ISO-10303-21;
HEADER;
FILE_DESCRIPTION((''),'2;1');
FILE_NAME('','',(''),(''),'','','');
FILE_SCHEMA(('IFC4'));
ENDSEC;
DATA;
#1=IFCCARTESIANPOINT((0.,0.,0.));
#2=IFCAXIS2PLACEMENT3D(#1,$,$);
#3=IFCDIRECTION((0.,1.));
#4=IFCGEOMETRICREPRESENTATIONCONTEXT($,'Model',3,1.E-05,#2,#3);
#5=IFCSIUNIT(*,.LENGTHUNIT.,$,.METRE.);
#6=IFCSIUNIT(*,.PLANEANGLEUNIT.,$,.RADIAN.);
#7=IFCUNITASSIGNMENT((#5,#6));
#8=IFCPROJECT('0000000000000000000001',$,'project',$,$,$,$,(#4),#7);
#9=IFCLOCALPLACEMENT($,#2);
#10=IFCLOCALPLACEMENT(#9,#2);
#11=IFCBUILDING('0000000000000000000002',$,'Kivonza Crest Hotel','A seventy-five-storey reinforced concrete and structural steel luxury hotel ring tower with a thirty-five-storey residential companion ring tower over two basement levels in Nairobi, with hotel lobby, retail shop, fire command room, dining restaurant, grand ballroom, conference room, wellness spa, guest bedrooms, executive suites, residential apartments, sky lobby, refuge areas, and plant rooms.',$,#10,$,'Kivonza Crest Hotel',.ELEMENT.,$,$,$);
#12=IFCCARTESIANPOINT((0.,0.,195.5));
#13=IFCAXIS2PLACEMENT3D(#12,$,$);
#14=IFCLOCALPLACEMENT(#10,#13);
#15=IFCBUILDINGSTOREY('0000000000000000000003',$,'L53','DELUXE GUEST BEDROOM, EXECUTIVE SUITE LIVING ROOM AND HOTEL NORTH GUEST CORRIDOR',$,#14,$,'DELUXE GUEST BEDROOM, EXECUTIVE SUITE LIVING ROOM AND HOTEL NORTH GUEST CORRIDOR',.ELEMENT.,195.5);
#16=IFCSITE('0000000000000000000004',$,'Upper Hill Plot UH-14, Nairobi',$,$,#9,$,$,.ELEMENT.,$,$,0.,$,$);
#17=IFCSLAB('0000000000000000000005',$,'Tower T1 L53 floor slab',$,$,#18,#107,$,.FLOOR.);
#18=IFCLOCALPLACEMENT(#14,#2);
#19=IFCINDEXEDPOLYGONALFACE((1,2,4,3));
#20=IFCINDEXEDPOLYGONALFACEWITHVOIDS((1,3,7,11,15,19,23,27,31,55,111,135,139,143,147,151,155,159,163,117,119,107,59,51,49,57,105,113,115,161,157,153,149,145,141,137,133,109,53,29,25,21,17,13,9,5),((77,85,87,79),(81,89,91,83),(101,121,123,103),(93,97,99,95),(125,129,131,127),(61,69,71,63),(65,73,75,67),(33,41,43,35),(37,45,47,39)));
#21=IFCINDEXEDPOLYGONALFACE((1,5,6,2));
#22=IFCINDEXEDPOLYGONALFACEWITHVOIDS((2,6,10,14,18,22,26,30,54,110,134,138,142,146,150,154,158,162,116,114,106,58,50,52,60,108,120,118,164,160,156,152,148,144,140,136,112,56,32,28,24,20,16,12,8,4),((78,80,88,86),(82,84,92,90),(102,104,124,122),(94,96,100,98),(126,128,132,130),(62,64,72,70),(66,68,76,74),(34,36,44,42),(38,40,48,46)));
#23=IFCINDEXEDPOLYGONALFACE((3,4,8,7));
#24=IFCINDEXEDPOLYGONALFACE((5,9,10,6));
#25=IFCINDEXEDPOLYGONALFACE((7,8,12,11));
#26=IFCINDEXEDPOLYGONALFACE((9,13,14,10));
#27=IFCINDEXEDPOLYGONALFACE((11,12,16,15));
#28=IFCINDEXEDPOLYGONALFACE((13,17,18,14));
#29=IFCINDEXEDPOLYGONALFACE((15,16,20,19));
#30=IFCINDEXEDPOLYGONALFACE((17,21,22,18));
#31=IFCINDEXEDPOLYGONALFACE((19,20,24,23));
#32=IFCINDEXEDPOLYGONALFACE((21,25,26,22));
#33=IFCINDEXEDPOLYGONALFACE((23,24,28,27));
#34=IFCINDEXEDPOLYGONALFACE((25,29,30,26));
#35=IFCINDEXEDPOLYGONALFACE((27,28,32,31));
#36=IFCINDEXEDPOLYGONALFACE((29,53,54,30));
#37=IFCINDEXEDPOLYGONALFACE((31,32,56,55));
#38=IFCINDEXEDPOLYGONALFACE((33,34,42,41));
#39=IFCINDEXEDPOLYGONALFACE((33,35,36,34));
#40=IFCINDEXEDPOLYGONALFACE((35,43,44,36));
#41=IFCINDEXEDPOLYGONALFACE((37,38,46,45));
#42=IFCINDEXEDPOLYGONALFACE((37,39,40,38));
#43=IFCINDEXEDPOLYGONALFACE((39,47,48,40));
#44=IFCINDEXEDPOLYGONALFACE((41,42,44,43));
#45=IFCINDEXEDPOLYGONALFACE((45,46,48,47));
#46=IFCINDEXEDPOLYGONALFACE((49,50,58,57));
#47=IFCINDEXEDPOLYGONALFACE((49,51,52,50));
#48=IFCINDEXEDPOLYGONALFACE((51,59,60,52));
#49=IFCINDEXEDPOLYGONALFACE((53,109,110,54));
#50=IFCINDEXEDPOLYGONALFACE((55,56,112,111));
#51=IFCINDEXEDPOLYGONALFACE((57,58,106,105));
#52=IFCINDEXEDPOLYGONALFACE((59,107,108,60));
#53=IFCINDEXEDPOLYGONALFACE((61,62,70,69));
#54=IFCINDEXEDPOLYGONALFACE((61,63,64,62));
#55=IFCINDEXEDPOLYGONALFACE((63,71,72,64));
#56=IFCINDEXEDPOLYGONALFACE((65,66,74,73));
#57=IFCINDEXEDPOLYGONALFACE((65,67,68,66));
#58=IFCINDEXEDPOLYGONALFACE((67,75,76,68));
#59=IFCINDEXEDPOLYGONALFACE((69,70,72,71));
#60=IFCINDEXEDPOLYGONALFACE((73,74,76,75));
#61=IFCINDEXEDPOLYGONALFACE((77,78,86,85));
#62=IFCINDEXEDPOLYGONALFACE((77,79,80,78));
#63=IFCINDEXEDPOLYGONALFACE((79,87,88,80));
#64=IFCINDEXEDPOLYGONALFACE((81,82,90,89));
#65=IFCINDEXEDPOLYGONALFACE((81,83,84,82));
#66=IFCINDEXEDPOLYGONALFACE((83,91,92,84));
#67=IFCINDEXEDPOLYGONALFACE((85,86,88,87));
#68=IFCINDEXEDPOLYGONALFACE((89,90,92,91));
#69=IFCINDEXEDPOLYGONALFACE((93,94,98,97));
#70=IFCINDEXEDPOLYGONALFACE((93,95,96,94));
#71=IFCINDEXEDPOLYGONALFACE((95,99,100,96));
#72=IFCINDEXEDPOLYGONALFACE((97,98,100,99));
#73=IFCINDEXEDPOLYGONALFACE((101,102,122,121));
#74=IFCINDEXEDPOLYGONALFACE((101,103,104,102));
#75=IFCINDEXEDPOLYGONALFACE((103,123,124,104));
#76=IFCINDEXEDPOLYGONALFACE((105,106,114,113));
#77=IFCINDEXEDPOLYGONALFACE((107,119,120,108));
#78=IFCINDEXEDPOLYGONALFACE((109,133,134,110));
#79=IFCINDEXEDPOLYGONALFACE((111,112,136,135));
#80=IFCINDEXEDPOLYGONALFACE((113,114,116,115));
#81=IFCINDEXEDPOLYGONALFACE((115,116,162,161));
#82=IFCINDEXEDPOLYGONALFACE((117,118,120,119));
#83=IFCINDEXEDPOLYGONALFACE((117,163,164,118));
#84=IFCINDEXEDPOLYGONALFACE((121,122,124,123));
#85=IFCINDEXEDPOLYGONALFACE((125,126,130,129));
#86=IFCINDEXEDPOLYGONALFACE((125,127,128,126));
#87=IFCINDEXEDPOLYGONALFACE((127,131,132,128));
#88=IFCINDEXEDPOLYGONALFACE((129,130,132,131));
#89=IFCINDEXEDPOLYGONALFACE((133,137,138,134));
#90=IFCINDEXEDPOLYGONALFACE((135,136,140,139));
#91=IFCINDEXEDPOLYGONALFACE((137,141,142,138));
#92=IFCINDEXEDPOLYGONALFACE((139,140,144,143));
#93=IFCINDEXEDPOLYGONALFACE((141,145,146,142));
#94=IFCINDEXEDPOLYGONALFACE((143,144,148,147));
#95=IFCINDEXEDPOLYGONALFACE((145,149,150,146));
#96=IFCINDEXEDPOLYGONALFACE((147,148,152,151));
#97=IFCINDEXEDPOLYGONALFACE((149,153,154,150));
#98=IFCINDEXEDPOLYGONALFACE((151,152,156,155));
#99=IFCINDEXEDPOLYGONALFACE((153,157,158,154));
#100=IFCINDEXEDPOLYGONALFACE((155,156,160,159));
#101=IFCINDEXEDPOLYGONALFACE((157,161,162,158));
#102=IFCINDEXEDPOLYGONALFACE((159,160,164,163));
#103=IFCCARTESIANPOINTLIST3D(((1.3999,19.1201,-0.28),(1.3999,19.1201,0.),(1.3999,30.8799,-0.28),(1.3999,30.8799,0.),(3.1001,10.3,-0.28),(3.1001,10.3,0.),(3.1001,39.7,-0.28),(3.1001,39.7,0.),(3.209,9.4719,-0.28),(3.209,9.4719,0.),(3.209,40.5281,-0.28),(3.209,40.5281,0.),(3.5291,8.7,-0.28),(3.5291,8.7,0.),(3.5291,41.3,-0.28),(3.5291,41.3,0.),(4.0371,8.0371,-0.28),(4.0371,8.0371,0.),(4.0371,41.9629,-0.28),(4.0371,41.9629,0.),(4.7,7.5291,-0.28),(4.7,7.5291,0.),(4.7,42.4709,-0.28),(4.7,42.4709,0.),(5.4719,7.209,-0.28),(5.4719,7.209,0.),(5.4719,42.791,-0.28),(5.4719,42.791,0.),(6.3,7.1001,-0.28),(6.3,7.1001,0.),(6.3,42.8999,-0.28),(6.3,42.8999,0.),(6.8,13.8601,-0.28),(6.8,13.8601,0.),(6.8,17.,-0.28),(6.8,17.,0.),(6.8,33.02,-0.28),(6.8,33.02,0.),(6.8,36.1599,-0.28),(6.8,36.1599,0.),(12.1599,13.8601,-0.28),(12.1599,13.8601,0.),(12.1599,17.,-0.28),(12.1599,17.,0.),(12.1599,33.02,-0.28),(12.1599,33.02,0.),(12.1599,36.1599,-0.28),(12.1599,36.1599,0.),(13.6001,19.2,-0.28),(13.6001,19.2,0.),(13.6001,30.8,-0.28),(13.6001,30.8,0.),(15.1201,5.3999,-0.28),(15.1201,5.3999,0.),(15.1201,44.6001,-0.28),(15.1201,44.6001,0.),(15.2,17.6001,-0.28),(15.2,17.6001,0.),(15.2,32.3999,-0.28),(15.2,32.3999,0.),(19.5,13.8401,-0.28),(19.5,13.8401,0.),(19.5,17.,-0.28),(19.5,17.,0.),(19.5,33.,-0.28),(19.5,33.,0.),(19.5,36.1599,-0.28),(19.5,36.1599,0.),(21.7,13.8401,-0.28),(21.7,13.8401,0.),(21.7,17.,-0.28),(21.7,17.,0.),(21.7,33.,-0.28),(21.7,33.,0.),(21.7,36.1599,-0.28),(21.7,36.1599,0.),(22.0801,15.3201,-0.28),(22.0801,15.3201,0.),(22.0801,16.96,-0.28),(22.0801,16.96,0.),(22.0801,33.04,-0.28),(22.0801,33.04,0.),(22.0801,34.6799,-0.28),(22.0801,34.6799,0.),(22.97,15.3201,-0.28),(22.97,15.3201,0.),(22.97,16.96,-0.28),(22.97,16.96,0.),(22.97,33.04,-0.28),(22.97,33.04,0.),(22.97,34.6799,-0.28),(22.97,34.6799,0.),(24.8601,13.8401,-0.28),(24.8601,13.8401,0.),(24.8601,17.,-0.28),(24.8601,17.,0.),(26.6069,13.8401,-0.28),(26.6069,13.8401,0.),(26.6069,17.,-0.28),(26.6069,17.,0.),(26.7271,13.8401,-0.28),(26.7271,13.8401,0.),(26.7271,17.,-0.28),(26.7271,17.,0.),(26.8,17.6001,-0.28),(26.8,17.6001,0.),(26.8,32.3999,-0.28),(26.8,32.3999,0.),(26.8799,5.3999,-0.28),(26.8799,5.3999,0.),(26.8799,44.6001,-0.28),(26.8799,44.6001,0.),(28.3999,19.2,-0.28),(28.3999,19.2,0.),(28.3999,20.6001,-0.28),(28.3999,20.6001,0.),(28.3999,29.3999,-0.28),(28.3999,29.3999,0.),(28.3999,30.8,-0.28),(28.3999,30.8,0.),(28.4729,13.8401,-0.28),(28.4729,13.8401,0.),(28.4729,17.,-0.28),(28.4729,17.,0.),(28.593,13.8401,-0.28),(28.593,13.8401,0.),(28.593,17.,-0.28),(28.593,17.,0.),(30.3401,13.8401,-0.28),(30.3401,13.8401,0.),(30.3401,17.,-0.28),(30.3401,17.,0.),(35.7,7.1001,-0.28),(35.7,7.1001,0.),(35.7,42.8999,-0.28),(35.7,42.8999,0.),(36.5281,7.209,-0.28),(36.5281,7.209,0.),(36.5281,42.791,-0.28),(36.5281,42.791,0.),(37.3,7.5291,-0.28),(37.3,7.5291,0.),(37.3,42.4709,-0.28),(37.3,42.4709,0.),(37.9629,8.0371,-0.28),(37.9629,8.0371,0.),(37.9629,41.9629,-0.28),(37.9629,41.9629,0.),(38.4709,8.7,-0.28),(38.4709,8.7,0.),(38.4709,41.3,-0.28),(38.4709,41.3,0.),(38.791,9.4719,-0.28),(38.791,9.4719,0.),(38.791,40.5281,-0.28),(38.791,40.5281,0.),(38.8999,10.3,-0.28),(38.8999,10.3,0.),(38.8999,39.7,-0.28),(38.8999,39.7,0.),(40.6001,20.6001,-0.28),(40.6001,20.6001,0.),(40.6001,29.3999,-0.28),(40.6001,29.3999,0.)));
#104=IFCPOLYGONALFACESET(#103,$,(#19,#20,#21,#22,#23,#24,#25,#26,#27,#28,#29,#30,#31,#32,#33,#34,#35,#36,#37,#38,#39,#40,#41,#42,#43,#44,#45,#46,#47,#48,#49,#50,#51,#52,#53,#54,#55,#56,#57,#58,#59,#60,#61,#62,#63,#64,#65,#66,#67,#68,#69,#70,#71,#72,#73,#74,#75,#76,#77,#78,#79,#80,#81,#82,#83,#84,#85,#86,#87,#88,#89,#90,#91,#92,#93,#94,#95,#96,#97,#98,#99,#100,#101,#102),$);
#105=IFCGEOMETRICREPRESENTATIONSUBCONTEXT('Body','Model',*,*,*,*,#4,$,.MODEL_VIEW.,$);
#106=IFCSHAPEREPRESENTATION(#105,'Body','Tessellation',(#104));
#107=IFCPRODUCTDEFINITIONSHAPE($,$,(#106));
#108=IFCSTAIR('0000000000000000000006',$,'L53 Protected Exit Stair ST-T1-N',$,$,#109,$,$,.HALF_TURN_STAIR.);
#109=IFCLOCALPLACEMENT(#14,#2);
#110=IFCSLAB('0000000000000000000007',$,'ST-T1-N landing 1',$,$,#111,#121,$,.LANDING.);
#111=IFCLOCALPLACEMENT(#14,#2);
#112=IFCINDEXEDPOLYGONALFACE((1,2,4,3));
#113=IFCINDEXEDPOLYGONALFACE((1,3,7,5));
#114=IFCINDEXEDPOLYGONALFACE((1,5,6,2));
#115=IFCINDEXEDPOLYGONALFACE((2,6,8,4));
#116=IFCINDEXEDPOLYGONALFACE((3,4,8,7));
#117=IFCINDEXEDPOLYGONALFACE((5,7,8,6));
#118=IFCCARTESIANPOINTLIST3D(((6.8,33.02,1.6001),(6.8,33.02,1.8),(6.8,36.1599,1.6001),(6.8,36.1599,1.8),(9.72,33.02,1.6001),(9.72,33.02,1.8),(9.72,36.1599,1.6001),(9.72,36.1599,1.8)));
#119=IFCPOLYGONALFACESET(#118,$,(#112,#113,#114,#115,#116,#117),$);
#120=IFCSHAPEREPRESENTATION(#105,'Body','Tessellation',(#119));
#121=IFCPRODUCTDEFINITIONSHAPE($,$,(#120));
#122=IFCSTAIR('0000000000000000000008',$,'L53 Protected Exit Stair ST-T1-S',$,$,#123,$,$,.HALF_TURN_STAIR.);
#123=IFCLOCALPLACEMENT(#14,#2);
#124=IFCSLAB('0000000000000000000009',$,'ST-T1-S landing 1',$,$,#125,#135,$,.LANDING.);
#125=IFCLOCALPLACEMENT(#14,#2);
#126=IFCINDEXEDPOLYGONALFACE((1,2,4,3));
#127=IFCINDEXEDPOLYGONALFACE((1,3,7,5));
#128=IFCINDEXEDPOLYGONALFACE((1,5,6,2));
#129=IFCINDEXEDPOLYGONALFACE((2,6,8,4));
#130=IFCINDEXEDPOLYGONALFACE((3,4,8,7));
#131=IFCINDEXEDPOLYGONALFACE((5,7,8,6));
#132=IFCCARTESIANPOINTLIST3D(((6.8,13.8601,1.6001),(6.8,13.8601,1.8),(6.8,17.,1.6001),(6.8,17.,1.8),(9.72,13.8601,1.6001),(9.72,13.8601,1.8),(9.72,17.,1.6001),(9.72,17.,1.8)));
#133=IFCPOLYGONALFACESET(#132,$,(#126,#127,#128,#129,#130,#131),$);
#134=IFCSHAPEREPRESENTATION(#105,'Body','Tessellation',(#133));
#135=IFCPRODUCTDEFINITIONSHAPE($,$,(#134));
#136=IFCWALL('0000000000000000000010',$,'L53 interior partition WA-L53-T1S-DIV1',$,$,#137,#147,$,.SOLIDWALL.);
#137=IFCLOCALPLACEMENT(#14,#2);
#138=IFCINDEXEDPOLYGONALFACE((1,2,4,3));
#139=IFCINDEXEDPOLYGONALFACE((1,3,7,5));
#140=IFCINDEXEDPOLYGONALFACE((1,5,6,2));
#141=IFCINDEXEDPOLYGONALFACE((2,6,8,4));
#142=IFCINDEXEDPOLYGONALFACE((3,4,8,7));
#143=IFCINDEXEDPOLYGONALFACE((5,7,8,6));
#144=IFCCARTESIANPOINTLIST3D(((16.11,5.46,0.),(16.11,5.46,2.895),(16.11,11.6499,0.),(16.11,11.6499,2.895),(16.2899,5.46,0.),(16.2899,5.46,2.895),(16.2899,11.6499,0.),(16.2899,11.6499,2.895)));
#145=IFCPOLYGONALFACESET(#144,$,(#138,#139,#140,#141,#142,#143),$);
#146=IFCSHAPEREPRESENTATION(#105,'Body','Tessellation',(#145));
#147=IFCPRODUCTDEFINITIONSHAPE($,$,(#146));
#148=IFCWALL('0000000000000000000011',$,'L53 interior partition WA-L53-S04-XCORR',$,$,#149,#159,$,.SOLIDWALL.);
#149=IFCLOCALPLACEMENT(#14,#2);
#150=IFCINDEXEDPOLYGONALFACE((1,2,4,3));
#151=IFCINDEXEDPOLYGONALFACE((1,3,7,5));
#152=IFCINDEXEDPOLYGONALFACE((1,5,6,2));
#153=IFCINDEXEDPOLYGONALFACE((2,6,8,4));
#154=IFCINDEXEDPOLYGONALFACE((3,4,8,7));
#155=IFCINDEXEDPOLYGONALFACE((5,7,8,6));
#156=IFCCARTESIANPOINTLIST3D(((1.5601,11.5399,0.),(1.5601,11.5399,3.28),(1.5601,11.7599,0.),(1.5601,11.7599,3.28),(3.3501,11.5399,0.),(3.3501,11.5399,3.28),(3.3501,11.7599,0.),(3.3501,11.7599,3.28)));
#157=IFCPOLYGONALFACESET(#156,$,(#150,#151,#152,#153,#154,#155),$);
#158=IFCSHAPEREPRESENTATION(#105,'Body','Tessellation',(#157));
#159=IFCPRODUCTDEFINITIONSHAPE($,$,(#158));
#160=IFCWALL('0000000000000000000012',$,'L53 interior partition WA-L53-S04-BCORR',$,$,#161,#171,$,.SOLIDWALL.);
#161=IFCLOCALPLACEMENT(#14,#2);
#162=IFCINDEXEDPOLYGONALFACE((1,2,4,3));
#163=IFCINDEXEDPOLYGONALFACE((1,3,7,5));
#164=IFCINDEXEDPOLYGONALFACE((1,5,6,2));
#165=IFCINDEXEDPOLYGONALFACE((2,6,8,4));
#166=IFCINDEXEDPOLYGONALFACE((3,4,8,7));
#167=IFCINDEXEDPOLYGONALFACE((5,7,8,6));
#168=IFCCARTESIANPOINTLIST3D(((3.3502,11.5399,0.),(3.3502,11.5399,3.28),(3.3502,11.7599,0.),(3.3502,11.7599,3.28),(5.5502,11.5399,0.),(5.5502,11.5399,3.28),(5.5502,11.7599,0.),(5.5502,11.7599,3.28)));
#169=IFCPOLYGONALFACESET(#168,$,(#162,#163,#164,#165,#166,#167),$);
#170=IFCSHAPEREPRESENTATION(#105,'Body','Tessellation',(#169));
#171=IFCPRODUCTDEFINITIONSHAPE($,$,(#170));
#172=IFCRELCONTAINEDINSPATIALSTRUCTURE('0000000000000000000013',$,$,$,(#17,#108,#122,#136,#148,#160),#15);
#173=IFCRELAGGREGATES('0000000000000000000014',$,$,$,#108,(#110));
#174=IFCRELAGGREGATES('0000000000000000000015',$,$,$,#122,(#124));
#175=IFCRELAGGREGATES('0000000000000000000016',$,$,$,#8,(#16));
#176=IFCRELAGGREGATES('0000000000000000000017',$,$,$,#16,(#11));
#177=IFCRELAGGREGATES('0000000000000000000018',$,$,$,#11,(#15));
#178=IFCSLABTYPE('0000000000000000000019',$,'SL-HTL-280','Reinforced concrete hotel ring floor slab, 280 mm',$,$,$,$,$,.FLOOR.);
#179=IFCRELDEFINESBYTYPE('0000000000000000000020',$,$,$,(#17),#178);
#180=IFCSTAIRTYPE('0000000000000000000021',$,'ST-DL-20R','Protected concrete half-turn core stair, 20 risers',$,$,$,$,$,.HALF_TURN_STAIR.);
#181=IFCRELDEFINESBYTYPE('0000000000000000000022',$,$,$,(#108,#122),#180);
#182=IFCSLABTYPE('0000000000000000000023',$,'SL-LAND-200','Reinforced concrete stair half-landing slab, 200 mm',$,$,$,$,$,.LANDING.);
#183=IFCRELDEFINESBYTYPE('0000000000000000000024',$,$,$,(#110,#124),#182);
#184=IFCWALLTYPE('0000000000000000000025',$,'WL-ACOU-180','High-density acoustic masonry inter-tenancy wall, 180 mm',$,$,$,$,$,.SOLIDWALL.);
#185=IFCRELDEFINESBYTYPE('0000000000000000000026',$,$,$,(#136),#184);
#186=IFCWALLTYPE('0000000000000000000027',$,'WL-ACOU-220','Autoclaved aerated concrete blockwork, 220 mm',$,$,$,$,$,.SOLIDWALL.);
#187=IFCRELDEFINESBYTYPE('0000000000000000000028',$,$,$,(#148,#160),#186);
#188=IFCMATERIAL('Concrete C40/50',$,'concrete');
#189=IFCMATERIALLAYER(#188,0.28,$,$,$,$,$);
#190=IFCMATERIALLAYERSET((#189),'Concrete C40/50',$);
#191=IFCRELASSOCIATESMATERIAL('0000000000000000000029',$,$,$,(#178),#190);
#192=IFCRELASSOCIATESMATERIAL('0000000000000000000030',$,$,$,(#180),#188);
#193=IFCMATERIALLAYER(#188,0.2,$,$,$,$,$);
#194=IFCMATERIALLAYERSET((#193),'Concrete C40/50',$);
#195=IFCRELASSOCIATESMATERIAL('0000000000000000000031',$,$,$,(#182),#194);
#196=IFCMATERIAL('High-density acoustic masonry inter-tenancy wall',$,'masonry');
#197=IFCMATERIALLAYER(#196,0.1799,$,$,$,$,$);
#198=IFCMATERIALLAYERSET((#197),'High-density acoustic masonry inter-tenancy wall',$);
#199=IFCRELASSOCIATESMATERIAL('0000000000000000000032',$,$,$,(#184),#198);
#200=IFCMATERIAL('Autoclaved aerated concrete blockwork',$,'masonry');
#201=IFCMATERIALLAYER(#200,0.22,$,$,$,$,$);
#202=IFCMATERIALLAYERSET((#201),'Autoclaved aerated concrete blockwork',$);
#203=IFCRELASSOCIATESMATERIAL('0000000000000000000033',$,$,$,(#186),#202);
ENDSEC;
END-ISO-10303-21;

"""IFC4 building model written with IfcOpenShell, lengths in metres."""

from ifc_helpers import new_model, si_unit, direction, frame, frame_2d, origin, place, context, subcontext, project, spatial, polyline, rectangle, outline, extrude, material, layer, layer_set, type_object, element, aggregate, save


model = new_model("IFC4")

# Units and contexts
model_context = context("Model", 3, precision=1e-05, world=origin(), true_north=direction((0.0, 1.0)))
body_context = subcontext(model_context, "Body", "Model", "MODEL_VIEW")
ifc_project = project(units=[si_unit("LENGTHUNIT", "METRE"), si_unit("PLANEANGLEUNIT", "RADIAN")], contexts=[model_context])

# Site, building, storey
site_placement = place(None, origin())
site = spatial("IfcSite", under=ifc_project, at=site_placement, Name="Upper Hill Plot UH-14, Nairobi", CompositionType="ELEMENT", RefElevation=0.0)
building_placement = place(site_placement, origin())
building = spatial("IfcBuilding", under=site, at=building_placement, Name="Kivonza Crest Hotel", Description="A seventy-five-storey reinforced concrete and structural steel luxury hotel ring tower with a thirty-five-storey residential companion ring tower over two basement levels in Nairobi, with hotel lobby, retail shop, fire command room, dining restaurant, grand ballroom, conference room, wellness spa, guest bedrooms, executive suites, residential apartments, sky lobby, refuge areas, and plant rooms.", LongName="Kivonza Crest Hotel", CompositionType="ELEMENT")
storey_placement = place(building_placement, frame((0.0, 0.0, 195.5)))
storey = spatial("IfcBuildingStorey", under=building, at=storey_placement, Name="L53", Description="DELUXE GUEST BEDROOM, EXECUTIVE SUITE LIVING ROOM AND HOTEL NORTH GUEST CORRIDOR", LongName="DELUXE GUEST BEDROOM, EXECUTIVE SUITE LIVING ROOM AND HOTEL NORTH GUEST CORRIDOR", CompositionType="ELEMENT", Elevation=195.5)

# Slab
ifc_material_1 = material(Name="Concrete C40/50", Category="concrete")
ifc_layer_1 = layer(ifc_material_1, 0.28)
ifc_layer_set_1 = layer_set([ifc_layer_1], Name="Concrete C40/50")
slab_type_1 = type_object("IfcSlabType", Name="SL-HTL-280", Description="Reinforced concrete hotel ring floor slab, 280 mm", PredefinedType="FLOOR", material=ifc_layer_set_1)
slab_1_placement = place(storey_placement, frame((0.0, 0.0, -0.28)))
element("IfcSlab", 1, at=slab_1_placement, inside=storey, type_object=slab_type_1, Name="Tower T1 L53 floor slab", PredefinedType="FLOOR", context=body_context, shape_type="SweptSolid", body=[
    extrude(outline(polyline([(3.1001, 10.3), (3.209, 9.4719), (3.5291, 8.7), (4.0371, 8.0371), (4.7, 7.5291), (5.4719, 7.209), (6.3, 7.1001), (15.1201, 5.3999), (26.8799, 5.3999), (35.7, 7.1001), (36.5281, 7.209), (37.3, 7.5291), (37.9629, 8.0371), (38.4709, 8.7), (38.791, 9.4719), (38.8999, 10.3), (40.6001, 20.6001), (28.3999, 20.6001), (28.3999, 19.2), (26.8, 17.6001), (15.2, 17.6001), (13.6001, 19.2), (13.6001, 30.8), (15.2, 32.3999), (26.8, 32.3999), (28.3999, 30.8), (28.3999, 29.3999), (40.6001, 29.3999), (38.8999, 39.7), (38.791, 40.5281), (38.4709, 41.3), (37.9629, 41.9629), (37.3, 42.4709), (36.5281, 42.791), (35.7, 42.8999), (26.8799, 44.6001), (15.1201, 44.6001), (6.3, 42.8999), (5.4719, 42.791), (4.7, 42.4709), (4.0371, 41.9629), (3.5291, 41.3), (3.209, 40.5281), (3.1001, 39.7), (1.3999, 30.8799), (1.3999, 19.1201), (3.1001, 10.3)]), holes=[polyline([(6.8, 33.02), (12.1599, 33.02), (12.1599, 36.1599), (6.8, 36.1599), (6.8, 33.02)]), polyline([(6.8, 13.8601), (12.1599, 13.8601), (12.1599, 17.0), (6.8, 17.0), (6.8, 13.8601)]), polyline([(22.0801, 33.04), (22.97, 33.04), (22.97, 34.6799), (22.0801, 34.6799), (22.0801, 33.04)]), polyline([(22.0801, 15.3201), (22.97, 15.3201), (22.97, 16.96), (22.0801, 16.96), (22.0801, 15.3201)]), polyline([(19.5, 33.0), (21.7, 33.0), (21.7, 36.1599), (19.5, 36.1599), (19.5, 33.0)]), polyline([(19.5, 13.8401), (21.7, 13.8401), (21.7, 17.0), (19.5, 17.0), (19.5, 13.8401)]), polyline([(24.8601, 13.8401), (26.6069, 13.8401), (26.6069, 17.0), (24.8601, 17.0), (24.8601, 13.8401)]), polyline([(26.7271, 13.8401), (28.4729, 13.8401), (28.4729, 17.0), (26.7271, 17.0), (26.7271, 13.8401)]), polyline([(28.593, 13.8401), (30.3401, 13.8401), (30.3401, 17.0), (28.593, 17.0), (28.593, 13.8401)])]), origin(), (0.0, 0.0, 1.0), 0.28),
])

# Stairs, slabs
stair_type = type_object("IfcStairType", Name="ST-DL-20R", Description="Protected concrete half-turn core stair, 20 risers", PredefinedType="HALF_TURN_STAIR", material=ifc_material_1)
stair_1_placement = place(storey_placement, origin())
stair_1 = element("IfcStair", 2, at=stair_1_placement, inside=storey, type_object=stair_type, Name="L53 Protected Exit Stair ST-T1-N", PredefinedType="HALF_TURN_STAIR")
ifc_layer_2 = layer(ifc_material_1, 0.2)
ifc_layer_set_2 = layer_set([ifc_layer_2], Name="Concrete C40/50")
slab_type_2 = type_object("IfcSlabType", Name="SL-LAND-200", Description="Reinforced concrete stair half-landing slab, 200 mm", PredefinedType="LANDING", material=ifc_layer_set_2)
slab_2_placement = place(storey_placement, frame((0.0, 0.0, 1.6001)))
slab_2 = element("IfcSlab", 3, at=slab_2_placement, type_object=slab_type_2, Name="ST-T1-N landing 1", PredefinedType="LANDING", context=body_context, shape_type="SweptSolid", body=[
    extrude(outline(polyline([(9.72, 36.1599), (6.8, 36.1599), (6.8, 33.02), (9.72, 33.02), (9.72, 36.1599)])), origin(), (0.0, 0.0, 1.0), 0.2),
])
aggregate(stair_1, [slab_2])
stair_2_placement = place(storey_placement, origin())
stair_2 = element("IfcStair", 4, at=stair_2_placement, inside=storey, type_object=stair_type, Name="L53 Protected Exit Stair ST-T1-S", PredefinedType="HALF_TURN_STAIR")
slab_3_placement = place(storey_placement, frame((0.0, 0.0, 1.6001)))
slab_3 = element("IfcSlab", 5, at=slab_3_placement, type_object=slab_type_2, Name="ST-T1-S landing 1", PredefinedType="LANDING", context=body_context, shape_type="SweptSolid", body=[
    extrude(outline(polyline([(9.72, 17.0), (6.8, 17.0), (6.8, 13.8601), (9.72, 13.8601), (9.72, 17.0)])), origin(), (0.0, 0.0, 1.0), 0.2),
])
aggregate(stair_2, [slab_3])

# Walls
ifc_material_2 = material(Name="High-density acoustic masonry inter-tenancy wall", Category="masonry")
ifc_layer_3 = layer(ifc_material_2, 0.1799)
ifc_layer_set_3 = layer_set([ifc_layer_3], Name="High-density acoustic masonry inter-tenancy wall")
wall_type_1 = type_object("IfcWallType", Name="WL-ACOU-180", Description="High-density acoustic masonry inter-tenancy wall, 180 mm", PredefinedType="SOLIDWALL", material=ifc_layer_set_3)
wall_1_placement = place(storey_placement, frame((16.2, 5.46, 0.0), z_axis=(0.0, 0.0, 1.0), x_axis=(0.0, 1.0, 0.0)))
element("IfcWall", 6, at=wall_1_placement, inside=storey, type_object=wall_type_1, Name="L53 interior partition WA-L53-T1S-DIV1", PredefinedType="SOLIDWALL", context=body_context, shape_type="SweptSolid", body=[
    extrude(rectangle(XDim=6.1899, YDim=0.1799, at=frame_2d((3.095, 0.0))), origin(), (0.0, 0.0, 1.0), 2.895),
])
ifc_material_3 = material(Name="Autoclaved aerated concrete blockwork", Category="masonry")
ifc_layer_4 = layer(ifc_material_3, 0.22)
ifc_layer_set_4 = layer_set([ifc_layer_4], Name="Autoclaved aerated concrete blockwork")
wall_type_2 = type_object("IfcWallType", Name="WL-ACOU-220", Description="Autoclaved aerated concrete blockwork, 220 mm", PredefinedType="SOLIDWALL", material=ifc_layer_set_4)
wall_2_placement = place(storey_placement, frame((1.5601, 11.6499, 0.0), z_axis=(0.0, 0.0, 1.0), x_axis=(1.0, 0.0, 0.0)))
element("IfcWall", 7, at=wall_2_placement, inside=storey, type_object=wall_type_2, Name="L53 interior partition WA-L53-S04-XCORR", PredefinedType="SOLIDWALL", context=body_context, shape_type="SweptSolid", body=[
    extrude(rectangle(XDim=1.79, YDim=0.22, at=frame_2d((0.895, 0.0))), origin(), (0.0, 0.0, 1.0), 3.28),
])
wall_3_placement = place(storey_placement, frame((3.3501, 11.6499, 0.0), z_axis=(0.0, 0.0, 1.0), x_axis=(1.0, 0.0, 0.0)))
element("IfcWall", 8, at=wall_3_placement, inside=storey, type_object=wall_type_2, Name="L53 interior partition WA-L53-S04-BCORR", PredefinedType="SOLIDWALL", context=body_context, shape_type="SweptSolid", body=[
    extrude(rectangle(XDim=2.2, YDim=0.22, at=frame_2d((1.1001, 0.0))), origin(), (0.0, 0.0, 1.0), 3.28),
])

save(model, "model.ifc")
